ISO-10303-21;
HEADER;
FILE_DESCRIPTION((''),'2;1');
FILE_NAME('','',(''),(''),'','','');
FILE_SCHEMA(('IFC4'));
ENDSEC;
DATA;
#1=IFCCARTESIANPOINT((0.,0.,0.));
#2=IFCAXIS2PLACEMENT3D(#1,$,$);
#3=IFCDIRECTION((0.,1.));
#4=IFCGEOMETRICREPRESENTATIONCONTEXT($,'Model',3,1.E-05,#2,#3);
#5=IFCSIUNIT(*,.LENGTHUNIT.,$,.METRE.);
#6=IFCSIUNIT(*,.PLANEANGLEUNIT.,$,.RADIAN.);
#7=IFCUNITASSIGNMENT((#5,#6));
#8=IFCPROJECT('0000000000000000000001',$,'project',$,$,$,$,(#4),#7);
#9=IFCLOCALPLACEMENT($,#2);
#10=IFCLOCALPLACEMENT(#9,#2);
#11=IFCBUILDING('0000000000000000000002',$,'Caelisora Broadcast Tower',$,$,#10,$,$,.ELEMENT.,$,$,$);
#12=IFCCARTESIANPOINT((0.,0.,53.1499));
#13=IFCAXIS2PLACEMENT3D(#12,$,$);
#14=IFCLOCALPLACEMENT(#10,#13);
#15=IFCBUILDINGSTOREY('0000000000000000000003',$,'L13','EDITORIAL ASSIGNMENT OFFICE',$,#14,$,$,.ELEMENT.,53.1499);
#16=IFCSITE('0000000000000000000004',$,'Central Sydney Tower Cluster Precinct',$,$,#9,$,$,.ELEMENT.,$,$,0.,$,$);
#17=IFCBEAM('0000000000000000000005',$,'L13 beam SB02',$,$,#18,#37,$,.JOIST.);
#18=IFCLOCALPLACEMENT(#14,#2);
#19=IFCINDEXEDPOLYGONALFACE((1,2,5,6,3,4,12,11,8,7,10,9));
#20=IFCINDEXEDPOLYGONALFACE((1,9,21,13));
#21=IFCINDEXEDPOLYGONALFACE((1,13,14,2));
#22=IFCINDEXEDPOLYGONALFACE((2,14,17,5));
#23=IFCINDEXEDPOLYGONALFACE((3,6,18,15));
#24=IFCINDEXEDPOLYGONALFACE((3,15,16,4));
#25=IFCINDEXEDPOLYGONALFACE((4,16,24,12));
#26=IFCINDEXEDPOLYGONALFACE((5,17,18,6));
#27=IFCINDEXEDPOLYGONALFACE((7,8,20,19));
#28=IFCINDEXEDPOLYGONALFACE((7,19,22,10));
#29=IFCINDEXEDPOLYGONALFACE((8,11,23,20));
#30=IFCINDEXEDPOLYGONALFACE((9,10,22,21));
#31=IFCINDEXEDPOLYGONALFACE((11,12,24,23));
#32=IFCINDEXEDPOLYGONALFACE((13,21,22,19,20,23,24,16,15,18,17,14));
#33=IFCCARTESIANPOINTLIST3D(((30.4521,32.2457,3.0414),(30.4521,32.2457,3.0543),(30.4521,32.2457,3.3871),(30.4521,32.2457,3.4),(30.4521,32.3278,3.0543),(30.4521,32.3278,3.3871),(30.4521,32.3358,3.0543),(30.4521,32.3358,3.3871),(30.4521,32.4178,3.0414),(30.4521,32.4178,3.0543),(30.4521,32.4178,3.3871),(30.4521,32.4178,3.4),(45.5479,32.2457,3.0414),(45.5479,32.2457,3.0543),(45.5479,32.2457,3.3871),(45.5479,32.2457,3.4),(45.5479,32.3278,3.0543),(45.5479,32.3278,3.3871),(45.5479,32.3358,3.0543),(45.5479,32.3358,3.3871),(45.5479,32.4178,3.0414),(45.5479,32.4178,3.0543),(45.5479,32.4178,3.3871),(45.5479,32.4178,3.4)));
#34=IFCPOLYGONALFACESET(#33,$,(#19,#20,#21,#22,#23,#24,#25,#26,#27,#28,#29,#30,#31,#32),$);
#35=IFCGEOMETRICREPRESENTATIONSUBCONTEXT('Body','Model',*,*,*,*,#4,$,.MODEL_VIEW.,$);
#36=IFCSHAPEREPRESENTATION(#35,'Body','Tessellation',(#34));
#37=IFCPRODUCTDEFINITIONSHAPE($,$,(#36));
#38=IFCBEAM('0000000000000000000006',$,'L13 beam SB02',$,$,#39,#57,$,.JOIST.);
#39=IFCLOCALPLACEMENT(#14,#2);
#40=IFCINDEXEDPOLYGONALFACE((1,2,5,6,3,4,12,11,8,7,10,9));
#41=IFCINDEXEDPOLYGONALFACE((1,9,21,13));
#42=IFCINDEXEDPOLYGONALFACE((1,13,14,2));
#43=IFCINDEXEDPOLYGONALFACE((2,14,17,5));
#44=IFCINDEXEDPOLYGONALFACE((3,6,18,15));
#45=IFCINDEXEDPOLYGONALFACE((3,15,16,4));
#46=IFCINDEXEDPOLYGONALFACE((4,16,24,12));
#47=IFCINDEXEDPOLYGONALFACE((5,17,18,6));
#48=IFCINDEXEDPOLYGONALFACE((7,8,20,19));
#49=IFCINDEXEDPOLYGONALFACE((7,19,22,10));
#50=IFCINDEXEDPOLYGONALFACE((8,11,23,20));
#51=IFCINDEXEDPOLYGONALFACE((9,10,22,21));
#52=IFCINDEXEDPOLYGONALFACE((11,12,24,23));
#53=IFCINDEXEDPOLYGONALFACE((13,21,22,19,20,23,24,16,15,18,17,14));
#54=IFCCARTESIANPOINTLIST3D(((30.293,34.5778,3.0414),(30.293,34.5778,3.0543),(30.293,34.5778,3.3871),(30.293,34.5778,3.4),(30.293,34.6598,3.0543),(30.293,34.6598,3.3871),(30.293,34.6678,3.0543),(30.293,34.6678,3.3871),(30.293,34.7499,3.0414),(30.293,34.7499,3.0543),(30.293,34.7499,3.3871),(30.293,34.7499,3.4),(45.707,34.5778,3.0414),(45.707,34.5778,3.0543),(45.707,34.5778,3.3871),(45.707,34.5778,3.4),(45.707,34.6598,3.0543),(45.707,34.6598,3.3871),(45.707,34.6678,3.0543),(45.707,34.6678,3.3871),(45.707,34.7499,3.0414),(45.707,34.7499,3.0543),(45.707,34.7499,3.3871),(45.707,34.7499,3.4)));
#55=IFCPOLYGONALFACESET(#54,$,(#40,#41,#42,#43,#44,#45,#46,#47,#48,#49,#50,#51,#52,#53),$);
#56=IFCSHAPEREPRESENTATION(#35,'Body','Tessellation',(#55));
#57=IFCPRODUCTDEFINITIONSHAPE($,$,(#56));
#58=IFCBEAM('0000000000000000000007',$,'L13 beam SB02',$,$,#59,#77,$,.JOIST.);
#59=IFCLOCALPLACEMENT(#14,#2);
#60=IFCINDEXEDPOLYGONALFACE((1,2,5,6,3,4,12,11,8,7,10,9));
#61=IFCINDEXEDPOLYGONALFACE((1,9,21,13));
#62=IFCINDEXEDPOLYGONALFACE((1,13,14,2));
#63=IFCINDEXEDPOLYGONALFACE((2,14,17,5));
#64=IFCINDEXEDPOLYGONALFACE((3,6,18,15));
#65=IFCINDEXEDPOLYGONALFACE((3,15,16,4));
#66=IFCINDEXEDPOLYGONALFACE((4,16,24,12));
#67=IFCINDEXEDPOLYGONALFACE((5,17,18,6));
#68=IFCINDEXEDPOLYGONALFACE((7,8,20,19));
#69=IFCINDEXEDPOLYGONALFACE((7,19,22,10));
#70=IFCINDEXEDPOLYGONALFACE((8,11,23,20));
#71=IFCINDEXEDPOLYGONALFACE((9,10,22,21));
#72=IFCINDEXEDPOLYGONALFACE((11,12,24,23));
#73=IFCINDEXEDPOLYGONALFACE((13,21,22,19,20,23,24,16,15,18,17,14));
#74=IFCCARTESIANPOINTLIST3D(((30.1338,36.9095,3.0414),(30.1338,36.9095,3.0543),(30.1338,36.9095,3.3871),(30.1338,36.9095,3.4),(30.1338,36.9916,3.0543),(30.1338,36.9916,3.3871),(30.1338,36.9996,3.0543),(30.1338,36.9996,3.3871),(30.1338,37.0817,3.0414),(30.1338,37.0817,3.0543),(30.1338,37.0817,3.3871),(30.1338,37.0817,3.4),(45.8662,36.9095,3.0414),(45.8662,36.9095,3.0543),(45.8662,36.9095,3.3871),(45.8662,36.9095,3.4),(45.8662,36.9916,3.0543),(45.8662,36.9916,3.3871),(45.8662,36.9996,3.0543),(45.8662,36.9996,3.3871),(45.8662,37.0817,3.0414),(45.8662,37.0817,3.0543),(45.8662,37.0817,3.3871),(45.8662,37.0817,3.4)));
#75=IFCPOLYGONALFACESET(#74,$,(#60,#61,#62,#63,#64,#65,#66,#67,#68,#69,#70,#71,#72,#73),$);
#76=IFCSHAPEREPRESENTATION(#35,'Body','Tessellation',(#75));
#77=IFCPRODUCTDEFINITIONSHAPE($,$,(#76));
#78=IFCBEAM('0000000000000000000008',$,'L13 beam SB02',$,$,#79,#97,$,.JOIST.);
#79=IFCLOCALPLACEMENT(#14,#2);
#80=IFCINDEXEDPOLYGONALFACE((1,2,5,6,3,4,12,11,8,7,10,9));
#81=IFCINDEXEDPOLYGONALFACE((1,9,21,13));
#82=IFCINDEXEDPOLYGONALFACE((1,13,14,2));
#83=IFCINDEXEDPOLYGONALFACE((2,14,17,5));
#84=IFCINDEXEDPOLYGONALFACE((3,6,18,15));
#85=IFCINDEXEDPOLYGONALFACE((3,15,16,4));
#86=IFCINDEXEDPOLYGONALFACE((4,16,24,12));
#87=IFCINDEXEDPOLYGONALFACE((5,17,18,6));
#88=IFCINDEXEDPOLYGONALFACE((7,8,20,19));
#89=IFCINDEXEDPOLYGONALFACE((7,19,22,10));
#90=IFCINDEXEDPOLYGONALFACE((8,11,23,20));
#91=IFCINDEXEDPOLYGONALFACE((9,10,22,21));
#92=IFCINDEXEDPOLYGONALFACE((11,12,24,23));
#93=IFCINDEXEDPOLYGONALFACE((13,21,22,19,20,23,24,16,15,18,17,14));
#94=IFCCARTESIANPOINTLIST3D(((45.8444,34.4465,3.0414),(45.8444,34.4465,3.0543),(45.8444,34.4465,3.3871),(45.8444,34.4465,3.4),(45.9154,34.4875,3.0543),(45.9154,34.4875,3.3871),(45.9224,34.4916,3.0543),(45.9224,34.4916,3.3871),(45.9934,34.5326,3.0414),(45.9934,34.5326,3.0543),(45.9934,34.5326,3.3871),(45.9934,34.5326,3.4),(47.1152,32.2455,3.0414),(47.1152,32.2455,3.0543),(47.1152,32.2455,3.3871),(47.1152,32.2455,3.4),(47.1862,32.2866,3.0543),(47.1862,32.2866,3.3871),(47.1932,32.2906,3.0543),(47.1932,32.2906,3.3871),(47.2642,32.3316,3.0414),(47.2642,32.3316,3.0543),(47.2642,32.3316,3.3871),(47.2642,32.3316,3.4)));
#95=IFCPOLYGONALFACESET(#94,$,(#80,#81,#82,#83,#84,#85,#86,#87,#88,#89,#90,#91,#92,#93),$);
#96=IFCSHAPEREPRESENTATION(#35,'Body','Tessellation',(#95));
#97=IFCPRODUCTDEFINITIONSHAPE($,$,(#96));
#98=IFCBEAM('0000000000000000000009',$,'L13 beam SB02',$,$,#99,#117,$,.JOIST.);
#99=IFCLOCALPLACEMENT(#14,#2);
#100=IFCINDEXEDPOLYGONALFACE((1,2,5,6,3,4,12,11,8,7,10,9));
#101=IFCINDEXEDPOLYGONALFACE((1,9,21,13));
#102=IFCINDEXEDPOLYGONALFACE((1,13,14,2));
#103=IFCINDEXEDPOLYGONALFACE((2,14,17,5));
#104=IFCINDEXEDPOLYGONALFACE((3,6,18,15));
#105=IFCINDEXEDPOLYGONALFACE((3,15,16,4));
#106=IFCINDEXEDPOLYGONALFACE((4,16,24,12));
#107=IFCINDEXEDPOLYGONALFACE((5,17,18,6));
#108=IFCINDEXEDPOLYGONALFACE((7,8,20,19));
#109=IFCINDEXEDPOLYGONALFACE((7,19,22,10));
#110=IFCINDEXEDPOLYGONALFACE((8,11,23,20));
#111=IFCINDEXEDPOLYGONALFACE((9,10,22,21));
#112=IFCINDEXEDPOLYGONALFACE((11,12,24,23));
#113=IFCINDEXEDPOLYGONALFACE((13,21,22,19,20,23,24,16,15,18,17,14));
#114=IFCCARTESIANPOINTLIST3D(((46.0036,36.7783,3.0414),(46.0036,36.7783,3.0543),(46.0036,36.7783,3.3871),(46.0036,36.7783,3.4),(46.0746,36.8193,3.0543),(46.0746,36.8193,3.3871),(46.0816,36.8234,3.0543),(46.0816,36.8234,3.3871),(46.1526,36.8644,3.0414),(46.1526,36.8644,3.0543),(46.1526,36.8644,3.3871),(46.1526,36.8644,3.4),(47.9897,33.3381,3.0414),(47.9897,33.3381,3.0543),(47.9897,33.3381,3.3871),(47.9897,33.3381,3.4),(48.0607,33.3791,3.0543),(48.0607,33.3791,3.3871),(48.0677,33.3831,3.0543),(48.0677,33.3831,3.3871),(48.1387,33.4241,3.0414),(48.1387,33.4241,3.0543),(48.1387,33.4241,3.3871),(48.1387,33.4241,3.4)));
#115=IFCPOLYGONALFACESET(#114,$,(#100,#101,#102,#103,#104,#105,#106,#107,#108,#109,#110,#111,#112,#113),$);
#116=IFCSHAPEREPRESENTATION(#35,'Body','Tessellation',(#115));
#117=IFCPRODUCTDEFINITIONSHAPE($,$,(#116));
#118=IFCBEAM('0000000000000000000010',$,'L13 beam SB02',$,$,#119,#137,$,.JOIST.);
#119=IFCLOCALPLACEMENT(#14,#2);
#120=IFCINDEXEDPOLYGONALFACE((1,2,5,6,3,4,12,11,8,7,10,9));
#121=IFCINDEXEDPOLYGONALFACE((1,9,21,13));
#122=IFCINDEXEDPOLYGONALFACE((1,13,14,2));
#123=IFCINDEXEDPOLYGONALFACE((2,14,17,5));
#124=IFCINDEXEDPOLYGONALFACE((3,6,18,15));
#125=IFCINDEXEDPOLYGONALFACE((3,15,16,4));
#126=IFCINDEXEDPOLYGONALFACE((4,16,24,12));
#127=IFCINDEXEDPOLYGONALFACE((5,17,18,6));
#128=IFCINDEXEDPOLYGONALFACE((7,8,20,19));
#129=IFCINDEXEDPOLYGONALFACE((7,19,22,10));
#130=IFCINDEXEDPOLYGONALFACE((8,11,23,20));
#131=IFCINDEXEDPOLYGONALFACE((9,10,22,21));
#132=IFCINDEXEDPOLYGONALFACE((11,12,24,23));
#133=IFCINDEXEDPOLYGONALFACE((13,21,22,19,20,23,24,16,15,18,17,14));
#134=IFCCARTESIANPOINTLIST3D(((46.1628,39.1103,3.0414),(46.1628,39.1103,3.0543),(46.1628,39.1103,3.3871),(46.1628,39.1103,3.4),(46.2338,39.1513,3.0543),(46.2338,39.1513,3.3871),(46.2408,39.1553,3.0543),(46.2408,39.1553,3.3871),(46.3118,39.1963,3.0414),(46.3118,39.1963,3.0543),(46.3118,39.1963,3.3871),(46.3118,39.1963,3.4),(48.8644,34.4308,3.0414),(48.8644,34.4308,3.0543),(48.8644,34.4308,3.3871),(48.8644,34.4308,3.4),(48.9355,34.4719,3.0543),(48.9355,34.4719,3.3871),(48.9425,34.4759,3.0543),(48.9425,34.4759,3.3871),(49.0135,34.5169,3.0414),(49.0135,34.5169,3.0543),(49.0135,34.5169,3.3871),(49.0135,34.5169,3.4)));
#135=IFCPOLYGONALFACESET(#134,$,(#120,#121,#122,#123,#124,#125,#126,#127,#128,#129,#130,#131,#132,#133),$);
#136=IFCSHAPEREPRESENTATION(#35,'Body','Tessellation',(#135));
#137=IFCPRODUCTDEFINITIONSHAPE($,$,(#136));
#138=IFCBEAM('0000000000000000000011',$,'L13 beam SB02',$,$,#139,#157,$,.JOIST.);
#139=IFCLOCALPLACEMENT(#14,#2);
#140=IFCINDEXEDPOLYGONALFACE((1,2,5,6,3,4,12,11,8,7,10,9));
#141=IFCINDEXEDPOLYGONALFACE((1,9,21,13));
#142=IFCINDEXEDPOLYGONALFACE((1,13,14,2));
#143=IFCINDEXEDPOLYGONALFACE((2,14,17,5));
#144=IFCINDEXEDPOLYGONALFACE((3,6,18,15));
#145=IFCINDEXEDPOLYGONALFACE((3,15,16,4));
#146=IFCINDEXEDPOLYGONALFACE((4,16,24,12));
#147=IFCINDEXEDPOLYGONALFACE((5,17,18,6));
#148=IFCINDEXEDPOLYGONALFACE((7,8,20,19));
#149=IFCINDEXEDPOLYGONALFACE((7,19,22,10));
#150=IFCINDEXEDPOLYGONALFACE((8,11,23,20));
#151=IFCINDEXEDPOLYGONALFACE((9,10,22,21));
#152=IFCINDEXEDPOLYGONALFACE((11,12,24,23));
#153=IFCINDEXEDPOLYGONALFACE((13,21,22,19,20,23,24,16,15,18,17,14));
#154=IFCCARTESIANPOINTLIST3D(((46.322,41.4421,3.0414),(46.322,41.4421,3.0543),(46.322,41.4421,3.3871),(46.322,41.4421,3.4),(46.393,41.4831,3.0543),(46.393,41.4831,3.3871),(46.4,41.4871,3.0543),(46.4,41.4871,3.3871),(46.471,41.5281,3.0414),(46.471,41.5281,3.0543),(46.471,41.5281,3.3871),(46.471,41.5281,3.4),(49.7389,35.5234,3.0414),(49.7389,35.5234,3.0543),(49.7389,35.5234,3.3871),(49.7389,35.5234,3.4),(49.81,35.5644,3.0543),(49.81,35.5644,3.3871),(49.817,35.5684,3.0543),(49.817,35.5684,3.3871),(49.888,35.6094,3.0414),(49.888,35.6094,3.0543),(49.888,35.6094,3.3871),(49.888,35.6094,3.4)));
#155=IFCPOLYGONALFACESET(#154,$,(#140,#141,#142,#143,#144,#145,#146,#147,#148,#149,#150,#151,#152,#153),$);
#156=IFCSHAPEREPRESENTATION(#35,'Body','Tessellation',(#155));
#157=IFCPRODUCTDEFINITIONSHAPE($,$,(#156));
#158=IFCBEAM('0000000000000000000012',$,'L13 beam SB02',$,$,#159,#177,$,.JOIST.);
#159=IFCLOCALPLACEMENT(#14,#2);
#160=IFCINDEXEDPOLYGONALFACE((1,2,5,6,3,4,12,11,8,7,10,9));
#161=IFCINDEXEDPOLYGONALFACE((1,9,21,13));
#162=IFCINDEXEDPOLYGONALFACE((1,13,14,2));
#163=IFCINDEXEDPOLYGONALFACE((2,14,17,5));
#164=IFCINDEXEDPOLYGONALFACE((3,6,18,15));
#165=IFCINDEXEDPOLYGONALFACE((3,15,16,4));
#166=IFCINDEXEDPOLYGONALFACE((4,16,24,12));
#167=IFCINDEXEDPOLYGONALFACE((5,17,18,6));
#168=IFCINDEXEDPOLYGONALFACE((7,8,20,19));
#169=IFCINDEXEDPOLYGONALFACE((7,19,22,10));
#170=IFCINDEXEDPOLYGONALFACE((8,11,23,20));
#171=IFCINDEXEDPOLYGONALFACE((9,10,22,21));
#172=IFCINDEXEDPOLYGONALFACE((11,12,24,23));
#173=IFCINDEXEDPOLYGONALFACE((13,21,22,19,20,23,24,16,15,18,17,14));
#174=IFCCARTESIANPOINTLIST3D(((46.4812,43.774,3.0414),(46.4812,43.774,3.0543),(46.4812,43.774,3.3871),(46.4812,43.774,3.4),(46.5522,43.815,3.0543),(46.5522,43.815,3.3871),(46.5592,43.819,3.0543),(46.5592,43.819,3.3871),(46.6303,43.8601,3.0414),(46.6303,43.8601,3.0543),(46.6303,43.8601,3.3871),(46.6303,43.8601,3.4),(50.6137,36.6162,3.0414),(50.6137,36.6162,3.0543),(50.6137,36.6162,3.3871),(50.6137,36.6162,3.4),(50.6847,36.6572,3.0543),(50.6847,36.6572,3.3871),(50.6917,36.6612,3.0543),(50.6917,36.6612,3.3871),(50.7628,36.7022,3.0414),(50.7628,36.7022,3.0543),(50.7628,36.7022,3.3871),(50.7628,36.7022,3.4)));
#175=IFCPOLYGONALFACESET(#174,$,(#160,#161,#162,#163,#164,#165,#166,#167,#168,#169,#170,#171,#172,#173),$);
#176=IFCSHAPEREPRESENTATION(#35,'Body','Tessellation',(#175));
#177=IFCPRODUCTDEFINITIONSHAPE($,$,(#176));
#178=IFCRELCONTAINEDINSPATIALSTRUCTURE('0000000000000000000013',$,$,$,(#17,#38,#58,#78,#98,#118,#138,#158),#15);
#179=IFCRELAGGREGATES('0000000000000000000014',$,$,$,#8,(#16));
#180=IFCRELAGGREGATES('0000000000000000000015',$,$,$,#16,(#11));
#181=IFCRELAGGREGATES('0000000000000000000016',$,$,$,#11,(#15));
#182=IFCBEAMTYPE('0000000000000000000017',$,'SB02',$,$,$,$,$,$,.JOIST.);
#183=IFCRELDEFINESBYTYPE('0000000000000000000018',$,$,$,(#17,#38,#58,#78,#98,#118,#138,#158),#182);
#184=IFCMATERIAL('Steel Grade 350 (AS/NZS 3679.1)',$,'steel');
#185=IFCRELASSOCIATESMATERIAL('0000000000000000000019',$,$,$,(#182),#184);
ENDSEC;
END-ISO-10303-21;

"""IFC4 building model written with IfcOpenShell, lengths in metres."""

from ifc_helpers import new_model, si_unit, direction, frame, origin, origin_2d, place, context, subcontext, project, spatial, i_section, extrude, source, transform, mapped, material, material_profile, profile_set, type_object, type_shapes, element, save


model = new_model("IFC4")

# Units and contexts
model_context = context("Model", 3, precision=1e-05, world=origin(), true_north=direction((0.0, 1.0)))
body_context = subcontext(model_context, "Body", "Model", "MODEL_VIEW")
ifc_project = project(units=[si_unit("LENGTHUNIT", "METRE"), si_unit("PLANEANGLEUNIT", "RADIAN")], contexts=[model_context])

# Site, building, storey
site_placement = place(None, origin())
site = spatial("IfcSite", under=ifc_project, at=site_placement, Name="Central Sydney Tower Cluster Precinct", CompositionType="ELEMENT", RefElevation=0.0)
building_placement = place(site_placement, origin())
building = spatial("IfcBuilding", under=site, at=building_placement, Name="Caelisora Broadcast Tower", CompositionType="ELEMENT")
storey_placement = place(building_placement, frame((0.0, 0.0, 53.1499)))
storey = spatial("IfcBuildingStorey", under=building, at=storey_placement, Name="L13", Description="EDITORIAL ASSIGNMENT OFFICE", CompositionType="ELEMENT", Elevation=53.1499)

# Beams
ifc_material_1 = material(Name="Steel Grade 350 (AS/NZS 3679.1)", Category="steel")
ifc_material_profile_1 = material_profile(ifc_material_1, i_section(OverallWidth=0.1721, OverallDepth=0.3586, WebThickness=0.0081, FlangeThickness=0.0129, at=origin_2d()), Name="Steel Grade 350 (AS/NZS 3679.1)")
ifc_profile_set_1 = profile_set([ifc_material_profile_1], Name="Steel Grade 350 (AS/NZS 3679.1)")
beam_type = type_object("IfcBeamType", Name="SB02", PredefinedType="JOIST", material=ifc_profile_set_1)
shared_shape_1 = source(origin(), body_context, "Body", "SweptSolid", [
    extrude(i_section(OverallWidth=0.1721, OverallDepth=0.3586, WebThickness=0.0081, FlangeThickness=0.0129, at=origin_2d()), origin(), (0.0, 0.0, 1.0), 15.0957),
])
beam_1_placement = place(storey_placement, frame((45.5479, 32.3318, 3.2207), z_axis=(-1.0, 0.0, 0.0), x_axis=(0.0, -1.0, 0.0)))
element("IfcBeam", 1, at=beam_1_placement, inside=storey, type_object=beam_type, Name="L13 beam SB02", PredefinedType="JOIST", context=body_context, shape_type="MappedRepresentation", body=[
    mapped(shared_shape_1, transform((0.0, 0.0, 0.0), scale=1.0)),
])
shared_shape_2 = source(origin(), body_context, "Body", "SweptSolid", [
    extrude(i_section(OverallWidth=0.1721, OverallDepth=0.3586, WebThickness=0.0081, FlangeThickness=0.0129, at=origin_2d()), origin(), (0.0, 0.0, 1.0), 15.4141),
])
beam_2_placement = place(storey_placement, frame((45.707, 34.6638, 3.2207), z_axis=(-1.0, 0.0, 0.0), x_axis=(0.0, -1.0, 0.0)))
element("IfcBeam", 2, at=beam_2_placement, inside=storey, type_object=beam_type, Name="L13 beam SB02", PredefinedType="JOIST", context=body_context, shape_type="MappedRepresentation", body=[
    mapped(shared_shape_2, transform((0.0, 0.0, 0.0), scale=1.0)),
])
shared_shape_3 = source(origin(), body_context, "Body", "SweptSolid", [
    extrude(i_section(OverallWidth=0.1721, OverallDepth=0.3586, WebThickness=0.0081, FlangeThickness=0.0129, at=origin_2d()), origin(), (0.0, 0.0, 1.0), 15.7324),
])
beam_3_placement = place(storey_placement, frame((45.8662, 36.9956, 3.2207), z_axis=(-1.0, 0.0, 0.0), x_axis=(0.0, -1.0, 0.0)))
element("IfcBeam", 3, at=beam_3_placement, inside=storey, type_object=beam_type, Name="L13 beam SB02", PredefinedType="JOIST", context=body_context, shape_type="MappedRepresentation", body=[
    mapped(shared_shape_3, transform((0.0, 0.0, 0.0), scale=1.0)),
])
shared_shape_4 = source(origin(), body_context, "Body", "SweptSolid", [
    extrude(i_section(OverallWidth=0.1721, OverallDepth=0.3586, WebThickness=0.0081, FlangeThickness=0.0129, at=origin_2d()), origin(), (0.0, 0.0, 1.0), 2.5415),
])
beam_4_placement = place(storey_placement, frame((47.1897, 32.2886, 3.2207), z_axis=(-0.500013, 0.866018, 0.0), x_axis=(-0.866018, -0.500013, 0.0)))
element("IfcBeam", 4, at=beam_4_placement, inside=storey, type_object=beam_type, Name="L13 beam SB02", PredefinedType="JOIST", context=body_context, shape_type="MappedRepresentation", body=[
    mapped(shared_shape_4, transform((0.0, 0.0, 0.0), scale=1.0)),
])
shared_shape_5 = source(origin(), body_context, "Body", "SweptSolid", [
    extrude(i_section(OverallWidth=0.1721, OverallDepth=0.3586, WebThickness=0.0081, FlangeThickness=0.0129, at=origin_2d()), origin(), (0.0, 0.0, 1.0), 3.9724),
])
beam_5_placement = place(storey_placement, frame((48.0642, 33.3811, 3.2207), z_axis=(-0.49998, 0.866037, 0.0), x_axis=(-0.866037, -0.49998, 0.0)))
element("IfcBeam", 5, at=beam_5_placement, inside=storey, type_object=beam_type, Name="L13 beam SB02", PredefinedType="JOIST", context=body_context, shape_type="MappedRepresentation", body=[
    mapped(shared_shape_5, transform((0.0, 0.0, 0.0), scale=1.0)),
])
shared_shape_6 = source(origin(), body_context, "Body", "SweptSolid", [
    extrude(i_section(OverallWidth=0.1721, OverallDepth=0.3586, WebThickness=0.0081, FlangeThickness=0.0129, at=origin_2d()), origin(), (0.0, 0.0, 1.0), 5.4033),
])
beam_6_placement = place(storey_placement, frame((48.939, 34.4739, 3.2207), z_axis=(-0.499998, 0.866027, 0.0), x_axis=(-0.866027, -0.499998, 0.0)))
element("IfcBeam", 6, at=beam_6_placement, inside=storey, type_object=beam_type, Name="L13 beam SB02", PredefinedType="JOIST", context=body_context, shape_type="MappedRepresentation", body=[
    mapped(shared_shape_6, transform((0.0, 0.0, 0.0), scale=1.0)),
])
shared_shape_7 = source(origin(), body_context, "Body", "SweptSolid", [
    extrude(i_section(OverallWidth=0.1721, OverallDepth=0.3586, WebThickness=0.0081, FlangeThickness=0.0129, at=origin_2d()), origin(), (0.0, 0.0, 1.0), 6.8342),
])
beam_7_placement = place(storey_placement, frame((49.8135, 35.5664, 3.2207), z_axis=(-0.499981, 0.866036, 0.0), x_axis=(-0.866036, -0.499981, 0.0)))
element("IfcBeam", 7, at=beam_7_placement, inside=storey, type_object=beam_type, Name="L13 beam SB02", PredefinedType="JOIST", context=body_context, shape_type="MappedRepresentation", body=[
    mapped(shared_shape_7, transform((0.0, 0.0, 0.0), scale=1.0)),
])
shared_shape_8 = source(origin(), body_context, "Body", "SweptSolid", [
    extrude(i_section(OverallWidth=0.1721, OverallDepth=0.3586, WebThickness=0.0081, FlangeThickness=0.0129, at=origin_2d()), origin(), (0.0, 0.0, 1.0), 8.2651),
])
type_shapes(beam_type, [shared_shape_1, shared_shape_2, shared_shape_3, shared_shape_4, shared_shape_5, shared_shape_6, shared_shape_7, shared_shape_8])
beam_8_placement = place(storey_placement, frame((50.6882, 36.6592, 3.2207), z_axis=(-0.499993, 0.86603, 0.0), x_axis=(-0.86603, -0.499993, 0.0)))
element("IfcBeam", 8, at=beam_8_placement, inside=storey, type_object=beam_type, Name="L13 beam SB02", PredefinedType="JOIST", context=body_context, shape_type="MappedRepresentation", body=[
    mapped(shared_shape_8, transform((0.0, 0.0, 0.0), scale=1.0)),
])

save(model, "model.ifc")
